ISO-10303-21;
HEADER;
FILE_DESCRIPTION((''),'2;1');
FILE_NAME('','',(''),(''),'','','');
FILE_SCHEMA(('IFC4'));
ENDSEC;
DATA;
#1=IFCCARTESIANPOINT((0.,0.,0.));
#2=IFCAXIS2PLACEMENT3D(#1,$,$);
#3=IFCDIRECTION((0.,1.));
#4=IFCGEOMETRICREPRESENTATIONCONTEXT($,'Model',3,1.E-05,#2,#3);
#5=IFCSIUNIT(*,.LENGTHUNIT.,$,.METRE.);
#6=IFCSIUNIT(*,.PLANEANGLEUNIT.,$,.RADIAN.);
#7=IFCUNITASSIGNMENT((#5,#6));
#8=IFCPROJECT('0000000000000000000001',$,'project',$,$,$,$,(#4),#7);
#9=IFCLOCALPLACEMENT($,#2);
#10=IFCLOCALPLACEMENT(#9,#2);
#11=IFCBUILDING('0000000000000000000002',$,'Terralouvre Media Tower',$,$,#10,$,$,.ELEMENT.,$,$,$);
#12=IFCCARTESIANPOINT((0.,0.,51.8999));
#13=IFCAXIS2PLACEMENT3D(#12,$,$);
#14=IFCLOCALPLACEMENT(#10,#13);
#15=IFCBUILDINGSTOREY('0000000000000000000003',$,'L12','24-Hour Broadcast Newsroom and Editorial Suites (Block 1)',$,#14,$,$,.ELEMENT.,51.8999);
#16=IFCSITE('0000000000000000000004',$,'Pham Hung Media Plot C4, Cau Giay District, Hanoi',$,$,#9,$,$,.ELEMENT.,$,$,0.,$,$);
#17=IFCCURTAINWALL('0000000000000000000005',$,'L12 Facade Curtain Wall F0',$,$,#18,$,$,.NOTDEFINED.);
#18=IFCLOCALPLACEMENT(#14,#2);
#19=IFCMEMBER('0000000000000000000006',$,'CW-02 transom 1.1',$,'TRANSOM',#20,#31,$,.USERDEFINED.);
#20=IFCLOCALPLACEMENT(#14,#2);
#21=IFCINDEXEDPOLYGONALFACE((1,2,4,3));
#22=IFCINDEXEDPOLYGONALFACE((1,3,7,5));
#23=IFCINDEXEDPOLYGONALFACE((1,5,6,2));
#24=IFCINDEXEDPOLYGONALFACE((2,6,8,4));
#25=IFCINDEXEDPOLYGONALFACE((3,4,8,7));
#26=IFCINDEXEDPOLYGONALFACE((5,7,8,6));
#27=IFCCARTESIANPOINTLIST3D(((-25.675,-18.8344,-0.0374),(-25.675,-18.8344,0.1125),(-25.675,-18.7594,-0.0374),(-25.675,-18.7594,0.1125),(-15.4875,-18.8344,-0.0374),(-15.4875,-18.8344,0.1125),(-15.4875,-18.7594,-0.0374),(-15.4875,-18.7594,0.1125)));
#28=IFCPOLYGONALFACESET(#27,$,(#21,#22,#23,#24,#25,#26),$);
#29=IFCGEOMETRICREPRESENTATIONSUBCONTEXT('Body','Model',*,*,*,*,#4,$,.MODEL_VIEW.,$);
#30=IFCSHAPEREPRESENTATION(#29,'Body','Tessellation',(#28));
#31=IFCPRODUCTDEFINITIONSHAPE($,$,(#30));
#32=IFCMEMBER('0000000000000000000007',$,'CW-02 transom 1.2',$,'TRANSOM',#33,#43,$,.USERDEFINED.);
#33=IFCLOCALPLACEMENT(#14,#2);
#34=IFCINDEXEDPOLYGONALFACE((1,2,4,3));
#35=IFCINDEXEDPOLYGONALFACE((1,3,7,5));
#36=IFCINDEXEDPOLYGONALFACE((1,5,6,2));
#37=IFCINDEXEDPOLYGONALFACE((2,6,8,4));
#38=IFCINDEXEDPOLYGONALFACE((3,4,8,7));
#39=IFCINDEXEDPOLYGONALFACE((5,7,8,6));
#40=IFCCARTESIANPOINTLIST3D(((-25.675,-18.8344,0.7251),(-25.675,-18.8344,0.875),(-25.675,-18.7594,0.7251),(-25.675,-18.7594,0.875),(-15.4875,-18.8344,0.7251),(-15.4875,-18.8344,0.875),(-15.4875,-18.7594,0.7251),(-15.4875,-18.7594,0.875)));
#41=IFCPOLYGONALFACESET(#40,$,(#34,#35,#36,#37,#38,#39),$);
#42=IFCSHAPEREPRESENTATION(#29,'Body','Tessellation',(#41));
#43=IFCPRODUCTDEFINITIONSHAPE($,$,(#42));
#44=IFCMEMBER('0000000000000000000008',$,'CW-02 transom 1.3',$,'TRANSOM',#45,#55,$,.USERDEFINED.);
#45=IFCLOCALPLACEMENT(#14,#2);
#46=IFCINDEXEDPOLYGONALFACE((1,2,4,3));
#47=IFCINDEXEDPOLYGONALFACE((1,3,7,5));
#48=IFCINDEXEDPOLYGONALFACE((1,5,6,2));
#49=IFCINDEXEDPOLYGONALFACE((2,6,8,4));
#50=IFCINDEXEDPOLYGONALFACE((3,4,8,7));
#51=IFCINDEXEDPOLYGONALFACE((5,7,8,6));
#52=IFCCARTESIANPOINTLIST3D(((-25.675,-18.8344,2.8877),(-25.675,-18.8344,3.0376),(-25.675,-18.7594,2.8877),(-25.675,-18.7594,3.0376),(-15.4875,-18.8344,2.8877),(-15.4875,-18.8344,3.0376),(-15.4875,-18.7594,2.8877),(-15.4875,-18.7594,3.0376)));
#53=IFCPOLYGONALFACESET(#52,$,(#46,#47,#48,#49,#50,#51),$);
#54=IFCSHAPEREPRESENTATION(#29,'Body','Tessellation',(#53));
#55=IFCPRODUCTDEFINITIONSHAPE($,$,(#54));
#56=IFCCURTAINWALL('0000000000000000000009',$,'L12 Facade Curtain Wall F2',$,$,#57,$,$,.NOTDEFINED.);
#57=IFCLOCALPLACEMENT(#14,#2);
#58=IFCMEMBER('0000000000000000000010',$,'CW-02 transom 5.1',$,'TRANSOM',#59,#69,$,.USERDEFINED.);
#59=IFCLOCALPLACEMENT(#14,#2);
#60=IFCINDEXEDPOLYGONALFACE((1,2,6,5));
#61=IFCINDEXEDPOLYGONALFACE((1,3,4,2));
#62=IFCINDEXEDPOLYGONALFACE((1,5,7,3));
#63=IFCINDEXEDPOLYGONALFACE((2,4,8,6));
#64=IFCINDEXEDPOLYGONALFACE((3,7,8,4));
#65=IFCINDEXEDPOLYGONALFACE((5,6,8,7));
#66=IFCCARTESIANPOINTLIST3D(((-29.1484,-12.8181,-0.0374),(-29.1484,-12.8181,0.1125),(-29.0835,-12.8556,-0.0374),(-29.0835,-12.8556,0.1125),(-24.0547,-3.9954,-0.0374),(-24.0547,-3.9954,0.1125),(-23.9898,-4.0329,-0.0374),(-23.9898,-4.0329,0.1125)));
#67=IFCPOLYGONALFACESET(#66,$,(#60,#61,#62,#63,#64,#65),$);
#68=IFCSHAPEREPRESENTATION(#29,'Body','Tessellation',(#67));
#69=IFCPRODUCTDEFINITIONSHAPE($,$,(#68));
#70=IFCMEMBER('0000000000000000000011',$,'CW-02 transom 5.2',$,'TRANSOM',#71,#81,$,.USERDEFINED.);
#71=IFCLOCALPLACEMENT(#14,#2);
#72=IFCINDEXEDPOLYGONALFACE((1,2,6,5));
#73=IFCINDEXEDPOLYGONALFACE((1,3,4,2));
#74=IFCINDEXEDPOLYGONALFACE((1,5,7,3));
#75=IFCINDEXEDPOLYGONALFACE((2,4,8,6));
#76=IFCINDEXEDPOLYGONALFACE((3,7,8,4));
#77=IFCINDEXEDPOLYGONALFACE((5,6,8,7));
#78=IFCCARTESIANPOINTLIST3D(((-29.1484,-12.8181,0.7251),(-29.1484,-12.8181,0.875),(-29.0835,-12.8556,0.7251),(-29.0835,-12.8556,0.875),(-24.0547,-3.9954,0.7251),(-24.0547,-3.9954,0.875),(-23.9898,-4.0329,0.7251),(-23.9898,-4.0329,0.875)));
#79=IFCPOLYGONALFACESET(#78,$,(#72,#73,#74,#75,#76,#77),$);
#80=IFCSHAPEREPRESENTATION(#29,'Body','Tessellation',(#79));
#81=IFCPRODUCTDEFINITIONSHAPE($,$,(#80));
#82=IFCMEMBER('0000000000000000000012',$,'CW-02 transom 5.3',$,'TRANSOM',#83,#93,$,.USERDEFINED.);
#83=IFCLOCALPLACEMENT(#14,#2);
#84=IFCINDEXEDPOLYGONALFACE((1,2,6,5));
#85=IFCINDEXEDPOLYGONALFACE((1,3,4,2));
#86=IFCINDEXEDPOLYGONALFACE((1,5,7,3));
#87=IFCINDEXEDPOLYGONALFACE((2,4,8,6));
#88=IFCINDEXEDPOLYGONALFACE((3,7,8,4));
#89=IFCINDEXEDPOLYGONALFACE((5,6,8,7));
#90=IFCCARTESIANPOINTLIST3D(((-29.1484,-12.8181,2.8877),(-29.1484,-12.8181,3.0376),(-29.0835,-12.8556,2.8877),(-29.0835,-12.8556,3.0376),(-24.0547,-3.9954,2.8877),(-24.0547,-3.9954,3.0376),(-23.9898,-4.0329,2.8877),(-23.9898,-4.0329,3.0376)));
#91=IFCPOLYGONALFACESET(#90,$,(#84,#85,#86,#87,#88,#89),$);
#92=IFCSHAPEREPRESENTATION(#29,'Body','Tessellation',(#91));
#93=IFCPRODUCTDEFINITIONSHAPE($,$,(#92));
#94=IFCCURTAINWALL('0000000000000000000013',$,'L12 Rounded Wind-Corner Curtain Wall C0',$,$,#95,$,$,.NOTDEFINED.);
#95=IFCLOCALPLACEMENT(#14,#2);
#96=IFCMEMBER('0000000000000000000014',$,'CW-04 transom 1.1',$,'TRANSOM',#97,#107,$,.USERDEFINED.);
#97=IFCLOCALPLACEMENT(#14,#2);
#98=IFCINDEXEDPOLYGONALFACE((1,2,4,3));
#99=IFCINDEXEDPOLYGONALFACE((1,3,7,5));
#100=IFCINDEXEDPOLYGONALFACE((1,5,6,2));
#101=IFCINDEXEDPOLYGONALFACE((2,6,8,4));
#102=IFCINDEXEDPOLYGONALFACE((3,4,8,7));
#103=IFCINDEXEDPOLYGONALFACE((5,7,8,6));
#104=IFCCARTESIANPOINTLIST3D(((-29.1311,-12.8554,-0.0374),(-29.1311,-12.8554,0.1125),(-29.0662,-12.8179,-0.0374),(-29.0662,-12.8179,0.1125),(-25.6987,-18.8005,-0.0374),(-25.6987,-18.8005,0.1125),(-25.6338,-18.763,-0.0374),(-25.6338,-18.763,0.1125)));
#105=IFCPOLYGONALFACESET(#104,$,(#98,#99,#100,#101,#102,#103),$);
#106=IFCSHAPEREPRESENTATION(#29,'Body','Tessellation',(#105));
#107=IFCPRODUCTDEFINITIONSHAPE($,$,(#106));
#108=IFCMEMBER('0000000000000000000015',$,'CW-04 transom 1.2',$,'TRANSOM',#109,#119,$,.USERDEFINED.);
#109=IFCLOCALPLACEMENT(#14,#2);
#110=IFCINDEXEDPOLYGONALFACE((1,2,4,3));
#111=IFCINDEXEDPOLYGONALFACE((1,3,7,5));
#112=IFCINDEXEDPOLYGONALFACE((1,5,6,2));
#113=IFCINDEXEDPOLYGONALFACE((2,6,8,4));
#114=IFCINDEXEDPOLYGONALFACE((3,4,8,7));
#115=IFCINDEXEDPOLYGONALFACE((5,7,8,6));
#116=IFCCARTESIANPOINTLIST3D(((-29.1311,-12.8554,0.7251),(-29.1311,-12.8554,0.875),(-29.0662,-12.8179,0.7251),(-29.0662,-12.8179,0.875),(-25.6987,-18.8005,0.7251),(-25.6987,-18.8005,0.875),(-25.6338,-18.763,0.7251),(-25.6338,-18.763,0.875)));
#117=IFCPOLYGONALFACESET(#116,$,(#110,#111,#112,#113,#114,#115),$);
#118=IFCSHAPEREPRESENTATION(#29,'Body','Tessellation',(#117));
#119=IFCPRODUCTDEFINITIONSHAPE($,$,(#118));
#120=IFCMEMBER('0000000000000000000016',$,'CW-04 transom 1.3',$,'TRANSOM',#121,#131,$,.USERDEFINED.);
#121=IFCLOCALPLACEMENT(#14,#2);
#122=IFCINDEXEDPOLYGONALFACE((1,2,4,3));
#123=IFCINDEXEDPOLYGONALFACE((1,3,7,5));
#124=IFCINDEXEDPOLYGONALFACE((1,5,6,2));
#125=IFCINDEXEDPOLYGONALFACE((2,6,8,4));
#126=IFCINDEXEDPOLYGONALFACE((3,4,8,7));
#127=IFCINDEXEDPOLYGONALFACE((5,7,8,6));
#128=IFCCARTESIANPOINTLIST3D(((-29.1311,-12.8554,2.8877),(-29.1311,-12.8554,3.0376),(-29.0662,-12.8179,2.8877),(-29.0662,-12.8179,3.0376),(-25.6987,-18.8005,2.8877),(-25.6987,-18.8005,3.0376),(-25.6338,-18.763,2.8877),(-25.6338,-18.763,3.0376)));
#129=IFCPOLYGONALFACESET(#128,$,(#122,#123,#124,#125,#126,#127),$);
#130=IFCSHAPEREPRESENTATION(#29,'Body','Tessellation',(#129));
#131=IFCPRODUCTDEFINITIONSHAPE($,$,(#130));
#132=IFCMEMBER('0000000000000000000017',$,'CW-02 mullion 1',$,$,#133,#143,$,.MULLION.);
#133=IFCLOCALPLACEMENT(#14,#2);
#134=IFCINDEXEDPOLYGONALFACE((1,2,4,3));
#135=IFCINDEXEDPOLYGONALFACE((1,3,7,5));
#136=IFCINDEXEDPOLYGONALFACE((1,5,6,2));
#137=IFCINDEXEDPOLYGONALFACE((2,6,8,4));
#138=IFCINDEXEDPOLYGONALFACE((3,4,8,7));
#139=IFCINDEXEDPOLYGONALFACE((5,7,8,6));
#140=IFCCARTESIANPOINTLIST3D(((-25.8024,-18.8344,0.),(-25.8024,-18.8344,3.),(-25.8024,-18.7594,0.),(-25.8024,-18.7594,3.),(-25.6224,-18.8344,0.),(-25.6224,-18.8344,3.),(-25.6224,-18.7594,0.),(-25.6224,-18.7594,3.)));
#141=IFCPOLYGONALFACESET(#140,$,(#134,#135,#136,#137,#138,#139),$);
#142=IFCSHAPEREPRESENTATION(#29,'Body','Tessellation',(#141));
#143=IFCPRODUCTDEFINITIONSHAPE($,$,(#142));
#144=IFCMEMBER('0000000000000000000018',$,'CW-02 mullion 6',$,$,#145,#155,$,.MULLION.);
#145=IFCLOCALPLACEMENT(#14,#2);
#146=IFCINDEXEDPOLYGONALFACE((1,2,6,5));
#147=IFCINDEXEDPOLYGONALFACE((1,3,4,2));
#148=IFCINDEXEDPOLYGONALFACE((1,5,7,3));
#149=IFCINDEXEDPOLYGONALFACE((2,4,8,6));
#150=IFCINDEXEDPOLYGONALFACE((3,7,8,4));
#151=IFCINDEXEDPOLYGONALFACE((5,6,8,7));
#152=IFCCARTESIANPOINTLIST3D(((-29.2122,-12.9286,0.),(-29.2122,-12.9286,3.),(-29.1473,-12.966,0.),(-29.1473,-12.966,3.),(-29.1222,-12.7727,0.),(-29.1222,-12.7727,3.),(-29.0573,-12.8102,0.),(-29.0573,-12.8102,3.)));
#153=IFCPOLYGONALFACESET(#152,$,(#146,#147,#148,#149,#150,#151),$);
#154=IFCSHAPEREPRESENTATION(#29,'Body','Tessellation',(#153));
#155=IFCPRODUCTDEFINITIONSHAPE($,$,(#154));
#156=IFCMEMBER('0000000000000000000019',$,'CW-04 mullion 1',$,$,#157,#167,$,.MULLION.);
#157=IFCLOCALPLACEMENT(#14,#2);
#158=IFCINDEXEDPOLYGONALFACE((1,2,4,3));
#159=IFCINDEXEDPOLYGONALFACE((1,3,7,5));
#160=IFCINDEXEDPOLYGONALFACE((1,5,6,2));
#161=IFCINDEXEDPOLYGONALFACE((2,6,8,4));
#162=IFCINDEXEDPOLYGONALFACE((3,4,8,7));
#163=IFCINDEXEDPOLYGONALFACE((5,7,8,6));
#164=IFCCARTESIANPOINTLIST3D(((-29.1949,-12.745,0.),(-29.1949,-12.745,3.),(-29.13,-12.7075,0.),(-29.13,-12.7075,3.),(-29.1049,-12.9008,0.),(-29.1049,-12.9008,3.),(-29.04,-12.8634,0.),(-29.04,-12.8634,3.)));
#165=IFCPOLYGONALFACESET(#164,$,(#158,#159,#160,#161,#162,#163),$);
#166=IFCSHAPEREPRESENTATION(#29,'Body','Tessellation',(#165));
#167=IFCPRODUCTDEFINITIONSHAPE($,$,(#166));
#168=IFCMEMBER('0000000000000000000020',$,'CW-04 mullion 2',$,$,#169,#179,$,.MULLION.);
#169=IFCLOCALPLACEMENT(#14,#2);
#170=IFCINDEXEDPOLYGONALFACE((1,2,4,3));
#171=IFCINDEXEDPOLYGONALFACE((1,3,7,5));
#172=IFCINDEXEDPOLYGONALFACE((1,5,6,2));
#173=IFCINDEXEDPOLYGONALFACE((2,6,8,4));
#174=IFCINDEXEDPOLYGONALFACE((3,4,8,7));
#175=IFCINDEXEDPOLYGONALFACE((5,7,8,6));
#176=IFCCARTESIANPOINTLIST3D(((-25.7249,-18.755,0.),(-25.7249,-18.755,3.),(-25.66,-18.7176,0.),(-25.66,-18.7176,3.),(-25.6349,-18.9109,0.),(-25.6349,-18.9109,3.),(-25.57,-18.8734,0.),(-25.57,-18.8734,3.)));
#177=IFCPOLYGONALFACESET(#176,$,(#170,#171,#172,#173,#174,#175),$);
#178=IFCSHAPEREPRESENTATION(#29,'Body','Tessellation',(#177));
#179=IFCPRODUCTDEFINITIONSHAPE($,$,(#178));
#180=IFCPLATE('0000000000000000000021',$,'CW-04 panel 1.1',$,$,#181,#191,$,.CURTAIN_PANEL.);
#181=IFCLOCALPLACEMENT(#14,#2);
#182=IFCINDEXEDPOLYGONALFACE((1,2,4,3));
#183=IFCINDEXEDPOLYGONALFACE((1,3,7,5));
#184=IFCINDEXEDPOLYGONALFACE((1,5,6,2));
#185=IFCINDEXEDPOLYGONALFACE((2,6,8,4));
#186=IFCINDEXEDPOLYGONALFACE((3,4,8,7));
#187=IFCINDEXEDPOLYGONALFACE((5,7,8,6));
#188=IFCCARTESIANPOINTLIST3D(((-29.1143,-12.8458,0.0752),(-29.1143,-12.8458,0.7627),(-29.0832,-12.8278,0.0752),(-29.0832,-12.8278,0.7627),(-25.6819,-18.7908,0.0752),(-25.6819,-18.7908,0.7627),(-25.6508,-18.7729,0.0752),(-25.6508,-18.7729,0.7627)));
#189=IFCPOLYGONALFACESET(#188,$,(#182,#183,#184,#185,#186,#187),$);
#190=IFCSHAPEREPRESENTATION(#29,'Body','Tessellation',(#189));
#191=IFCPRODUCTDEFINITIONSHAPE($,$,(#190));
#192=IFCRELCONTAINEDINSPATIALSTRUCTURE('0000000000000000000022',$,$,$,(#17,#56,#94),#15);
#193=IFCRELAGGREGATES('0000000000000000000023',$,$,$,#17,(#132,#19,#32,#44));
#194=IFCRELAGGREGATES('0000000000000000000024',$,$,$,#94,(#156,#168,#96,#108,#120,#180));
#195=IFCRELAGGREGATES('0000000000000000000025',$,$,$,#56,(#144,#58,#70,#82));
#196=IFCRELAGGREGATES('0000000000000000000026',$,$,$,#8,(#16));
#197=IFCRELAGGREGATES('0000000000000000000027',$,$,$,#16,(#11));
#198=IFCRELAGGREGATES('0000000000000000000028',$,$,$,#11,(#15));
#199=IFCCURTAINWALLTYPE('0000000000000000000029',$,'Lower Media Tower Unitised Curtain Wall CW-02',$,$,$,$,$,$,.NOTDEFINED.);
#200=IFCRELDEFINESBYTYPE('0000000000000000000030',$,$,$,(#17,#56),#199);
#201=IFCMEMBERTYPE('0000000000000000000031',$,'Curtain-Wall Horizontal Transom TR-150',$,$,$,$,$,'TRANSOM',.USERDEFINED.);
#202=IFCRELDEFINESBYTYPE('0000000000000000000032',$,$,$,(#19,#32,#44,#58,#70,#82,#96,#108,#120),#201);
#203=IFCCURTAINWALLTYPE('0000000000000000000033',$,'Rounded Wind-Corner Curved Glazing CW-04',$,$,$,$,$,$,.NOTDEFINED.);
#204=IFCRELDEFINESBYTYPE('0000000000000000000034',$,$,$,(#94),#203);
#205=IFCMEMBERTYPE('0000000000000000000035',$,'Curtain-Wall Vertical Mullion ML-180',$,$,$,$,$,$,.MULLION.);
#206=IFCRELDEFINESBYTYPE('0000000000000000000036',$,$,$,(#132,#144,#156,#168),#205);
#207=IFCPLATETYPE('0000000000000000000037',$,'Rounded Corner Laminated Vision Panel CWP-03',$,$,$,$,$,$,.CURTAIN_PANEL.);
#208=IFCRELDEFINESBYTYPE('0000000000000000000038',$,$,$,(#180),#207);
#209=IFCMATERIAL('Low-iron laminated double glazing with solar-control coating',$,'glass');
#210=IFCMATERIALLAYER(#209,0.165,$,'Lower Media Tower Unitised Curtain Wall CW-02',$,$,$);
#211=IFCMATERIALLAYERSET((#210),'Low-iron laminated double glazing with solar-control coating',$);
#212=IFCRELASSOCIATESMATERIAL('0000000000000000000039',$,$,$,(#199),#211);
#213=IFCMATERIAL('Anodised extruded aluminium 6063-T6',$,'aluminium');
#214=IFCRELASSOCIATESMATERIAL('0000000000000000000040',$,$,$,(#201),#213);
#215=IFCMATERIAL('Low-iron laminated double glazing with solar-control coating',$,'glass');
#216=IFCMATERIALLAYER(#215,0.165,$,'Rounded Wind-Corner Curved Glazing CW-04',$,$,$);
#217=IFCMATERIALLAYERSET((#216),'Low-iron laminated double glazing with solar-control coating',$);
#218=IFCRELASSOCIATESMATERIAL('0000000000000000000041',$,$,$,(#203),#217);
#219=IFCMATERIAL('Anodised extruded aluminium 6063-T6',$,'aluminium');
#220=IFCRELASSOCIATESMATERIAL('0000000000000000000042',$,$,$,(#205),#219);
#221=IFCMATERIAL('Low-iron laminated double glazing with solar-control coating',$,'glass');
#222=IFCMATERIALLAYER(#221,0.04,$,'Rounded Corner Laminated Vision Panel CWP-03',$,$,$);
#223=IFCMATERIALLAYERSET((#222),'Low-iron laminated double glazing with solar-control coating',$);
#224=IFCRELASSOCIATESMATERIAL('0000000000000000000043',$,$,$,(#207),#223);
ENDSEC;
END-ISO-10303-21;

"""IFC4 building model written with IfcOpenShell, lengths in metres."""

from ifc_helpers import new_model, si_unit, direction, frame, origin, origin_2d, place, context, subcontext, project, spatial, rectangle, extrude, material, layer, layer_set, material_profile, profile_set, type_object, element, aggregate, save


model = new_model("IFC4")

# Units and contexts
model_context = context("Model", 3, precision=1e-05, world=origin(), true_north=direction((0.0, 1.0)))
body_context = subcontext(model_context, "Body", "Model", "MODEL_VIEW")
ifc_project = project(units=[si_unit("LENGTHUNIT", "METRE"), si_unit("PLANEANGLEUNIT", "RADIAN")], contexts=[model_context])

# Site, building, storey
site_placement = place(None, origin())
site = spatial("IfcSite", under=ifc_project, at=site_placement, Name="Pham Hung Media Plot C4, Cau Giay District, Hanoi", CompositionType="ELEMENT", RefElevation=0.0)
building_placement = place(site_placement, origin())
building = spatial("IfcBuilding", under=site, at=building_placement, Name="Terralouvre Media Tower", CompositionType="ELEMENT")
storey_placement = place(building_placement, frame((0.0, 0.0, 51.8999)))
storey = spatial("IfcBuildingStorey", under=building, at=storey_placement, Name="L12", Description="24-Hour Broadcast Newsroom and Editorial Suites (Block 1)", CompositionType="ELEMENT", Elevation=51.8999)

# Curtain walls, members
ifc_material_1 = material(Name="Low-iron laminated double glazing with solar-control coating", Category="glass")
ifc_layer_1 = layer(ifc_material_1, 0.165, Name="Lower Media Tower Unitised Curtain Wall CW-02")
ifc_layer_set_1 = layer_set([ifc_layer_1], Name="Low-iron laminated double glazing with solar-control coating")
curtain_wall_type_1 = type_object("IfcCurtainWallType", Name="Lower Media Tower Unitised Curtain Wall CW-02", PredefinedType="NOTDEFINED", material=ifc_layer_set_1)
curtain_wall_1_placement = place(storey_placement, origin())
curtain_wall_1 = element("IfcCurtainWall", 1, at=curtain_wall_1_placement, inside=storey, type_object=curtain_wall_type_1, Name="L12 Facade Curtain Wall F0", PredefinedType="NOTDEFINED")
ifc_material_2 = material(Name="Anodised extruded aluminium 6063-T6", Category="aluminium")
ifc_material_profile_1 = material_profile(ifc_material_2, rectangle(XDim=0.075, YDim=0.1499, at=origin_2d()), Name="ALU 75x150")
ifc_profile_set_1 = profile_set([ifc_material_profile_1], Name="Anodised extruded aluminium 6063-T6")
member_type_1 = type_object("IfcMemberType", Name="Curtain-Wall Horizontal Transom TR-150", ElementType="TRANSOM", PredefinedType="USERDEFINED", material=ifc_profile_set_1)
member_1_placement = place(storey_placement, frame((-25.675, -18.7969, 0.0376), z_axis=(1.0, 0.0, 0.0), x_axis=(0.0, 1.0, 0.0)))
member_1 = element("IfcMember", 2, at=member_1_placement, type_object=member_type_1, Name="CW-02 transom 1.1", ObjectType="TRANSOM", PredefinedType="USERDEFINED", context=body_context, shape_type="SweptSolid", body=[
    extrude(rectangle(XDim=0.075, YDim=0.1499, at=origin_2d()), origin(), (0.0, 0.0, 1.0), 10.1875),
])
member_2_placement = place(storey_placement, frame((-25.675, -18.7969, 0.8), z_axis=(1.0, 0.0, 0.0), x_axis=(0.0, 1.0, 0.0)))
member_2 = element("IfcMember", 3, at=member_2_placement, type_object=member_type_1, Name="CW-02 transom 1.2", ObjectType="TRANSOM", PredefinedType="USERDEFINED", context=body_context, shape_type="SweptSolid", body=[
    extrude(rectangle(XDim=0.075, YDim=0.1499, at=origin_2d()), origin(), (0.0, 0.0, 1.0), 10.1875),
])
member_3_placement = place(storey_placement, frame((-25.675, -18.7969, 2.9626), z_axis=(1.0, 0.0, 0.0), x_axis=(0.0, 1.0, 0.0)))
member_3 = element("IfcMember", 4, at=member_3_placement, type_object=member_type_1, Name="CW-02 transom 1.3", ObjectType="TRANSOM", PredefinedType="USERDEFINED", context=body_context, shape_type="SweptSolid", body=[
    extrude(rectangle(XDim=0.075, YDim=0.1499, at=origin_2d()), origin(), (0.0, 0.0, 1.0), 10.1875),
])
curtain_wall_2_placement = place(storey_placement, origin())
curtain_wall_2 = element("IfcCurtainWall", 5, at=curtain_wall_2_placement, inside=storey, type_object=curtain_wall_type_1, Name="L12 Facade Curtain Wall F2", PredefinedType="NOTDEFINED")
member_4_placement = place(storey_placement, frame((-24.0222, -4.0142, 0.0376), z_axis=(-0.499995, -0.866028, 0.0), x_axis=(0.866028, -0.499995, 0.0)))
member_4 = element("IfcMember", 6, at=member_4_placement, type_object=member_type_1, Name="CW-02 transom 5.1", ObjectType="TRANSOM", PredefinedType="USERDEFINED", context=body_context, shape_type="SweptSolid", body=[
    extrude(rectangle(XDim=0.075, YDim=0.1499, at=origin_2d()), origin(), (0.0, 0.0, 1.0), 10.1875),
])
member_5_placement = place(storey_placement, frame((-24.0222, -4.0142, 0.8), z_axis=(-0.499995, -0.866028, 0.0), x_axis=(0.866028, -0.499995, 0.0)))
member_5 = element("IfcMember", 7, at=member_5_placement, type_object=member_type_1, Name="CW-02 transom 5.2", ObjectType="TRANSOM", PredefinedType="USERDEFINED", context=body_context, shape_type="SweptSolid", body=[
    extrude(rectangle(XDim=0.075, YDim=0.1499, at=origin_2d()), origin(), (0.0, 0.0, 1.0), 10.1875),
])
member_6_placement = place(storey_placement, frame((-24.0222, -4.0142, 2.9626), z_axis=(-0.499995, -0.866028, 0.0), x_axis=(0.866028, -0.499995, 0.0)))
member_6 = element("IfcMember", 8, at=member_6_placement, type_object=member_type_1, Name="CW-02 transom 5.3", ObjectType="TRANSOM", PredefinedType="USERDEFINED", context=body_context, shape_type="SweptSolid", body=[
    extrude(rectangle(XDim=0.075, YDim=0.1499, at=origin_2d()), origin(), (0.0, 0.0, 1.0), 10.1875),
])
ifc_material_3 = material(Name="Low-iron laminated double glazing with solar-control coating", Category="glass")
ifc_layer_2 = layer(ifc_material_3, 0.165, Name="Rounded Wind-Corner Curved Glazing CW-04")
ifc_layer_set_2 = layer_set([ifc_layer_2], Name="Low-iron laminated double glazing with solar-control coating")
curtain_wall_type_2 = type_object("IfcCurtainWallType", Name="Rounded Wind-Corner Curved Glazing CW-04", PredefinedType="NOTDEFINED", material=ifc_layer_set_2)
curtain_wall_3_placement = place(storey_placement, origin())
curtain_wall_3 = element("IfcCurtainWall", 9, at=curtain_wall_3_placement, inside=storey, type_object=curtain_wall_type_2, Name="L12 Rounded Wind-Corner Curtain Wall C0", PredefinedType="NOTDEFINED")
member_7_placement = place(storey_placement, frame((-29.0986, -12.8367, 0.0376), z_axis=(0.499998, -0.866026, 0.0), x_axis=(0.866026, 0.499998, 0.0)))
member_7 = element("IfcMember", 10, at=member_7_placement, type_object=member_type_1, Name="CW-04 transom 1.1", ObjectType="TRANSOM", PredefinedType="USERDEFINED", context=body_context, shape_type="SweptSolid", body=[
    extrude(rectangle(XDim=0.075, YDim=0.1499, at=origin_2d()), origin(), (0.0, 0.0, 1.0), 6.8647),
])
member_8_placement = place(storey_placement, frame((-29.0986, -12.8367, 0.8), z_axis=(0.499998, -0.866026, 0.0), x_axis=(0.866026, 0.499998, 0.0)))
member_8 = element("IfcMember", 11, at=member_8_placement, type_object=member_type_1, Name="CW-04 transom 1.2", ObjectType="TRANSOM", PredefinedType="USERDEFINED", context=body_context, shape_type="SweptSolid", body=[
    extrude(rectangle(XDim=0.075, YDim=0.1499, at=origin_2d()), origin(), (0.0, 0.0, 1.0), 6.8647),
])
member_9_placement = place(storey_placement, frame((-29.0986, -12.8367, 2.9626), z_axis=(0.499998, -0.866026, 0.0), x_axis=(0.866026, 0.499998, 0.0)))
member_9 = element("IfcMember", 12, at=member_9_placement, type_object=member_type_1, Name="CW-04 transom 1.3", ObjectType="TRANSOM", PredefinedType="USERDEFINED", context=body_context, shape_type="SweptSolid", body=[
    extrude(rectangle(XDim=0.075, YDim=0.1499, at=origin_2d()), origin(), (0.0, 0.0, 1.0), 6.8647),
])

# Members
ifc_material_4 = material(Name="Anodised extruded aluminium 6063-T6", Category="aluminium")
ifc_material_profile_2 = material_profile(ifc_material_4, rectangle(XDim=0.075, YDim=0.1799, at=origin_2d()), Name="ALU 75x180")
ifc_profile_set_2 = profile_set([ifc_material_profile_2], Name="Anodised extruded aluminium 6063-T6")
member_type_2 = type_object("IfcMemberType", Name="Curtain-Wall Vertical Mullion ML-180", PredefinedType="MULLION", material=ifc_profile_set_2)
member_10_placement = place(storey_placement, frame((-25.7124, -18.7969, 0.0), z_axis=(0.0, 0.0, 1.0), x_axis=(0.0, 1.0, 0.0)))
member_10 = element("IfcMember", 13, at=member_10_placement, type_object=member_type_2, Name="CW-02 mullion 1", PredefinedType="MULLION", context=body_context, shape_type="SweptSolid", body=[
    extrude(rectangle(XDim=0.075, YDim=0.1799, at=origin_2d()), origin(), (0.0, 0.0, 1.0), 3.0),
])
aggregate(curtain_wall_1, [member_10, member_1, member_2, member_3])
member_11_placement = place(storey_placement, frame((-29.1348, -12.8694, 0.0), z_axis=(0.0, 0.0, 1.0), x_axis=(0.866025, -0.5, 0.0)))
member_11 = element("IfcMember", 14, at=member_11_placement, type_object=member_type_2, Name="CW-02 mullion 6", PredefinedType="MULLION", context=body_context, shape_type="SweptSolid", body=[
    extrude(rectangle(XDim=0.075, YDim=0.1799, at=origin_2d()), origin(), (0.0, 0.0, 1.0), 3.0),
])
member_12_placement = place(storey_placement, frame((-29.1174, -12.8042, 0.0), z_axis=(0.0, 0.0, 1.0), x_axis=(0.866026, 0.5, 0.0)))
member_12 = element("IfcMember", 15, at=member_12_placement, type_object=member_type_2, Name="CW-04 mullion 1", PredefinedType="MULLION", context=body_context, shape_type="SweptSolid", body=[
    extrude(rectangle(XDim=0.075, YDim=0.1799, at=origin_2d()), origin(), (0.0, 0.0, 1.0), 3.0),
])
member_13_placement = place(storey_placement, frame((-25.6475, -18.8142, 0.0), z_axis=(0.0, 0.0, 1.0), x_axis=(0.866026, 0.5, 0.0)))
member_13 = element("IfcMember", 16, at=member_13_placement, type_object=member_type_2, Name="CW-04 mullion 2", PredefinedType="MULLION", context=body_context, shape_type="SweptSolid", body=[
    extrude(rectangle(XDim=0.075, YDim=0.1799, at=origin_2d()), origin(), (0.0, 0.0, 1.0), 3.0),
])

# Plate
ifc_material_5 = material(Name="Low-iron laminated double glazing with solar-control coating", Category="glass")
ifc_layer_3 = layer(ifc_material_5, 0.04, Name="Rounded Corner Laminated Vision Panel CWP-03")
ifc_layer_set_3 = layer_set([ifc_layer_3], Name="Low-iron laminated double glazing with solar-control coating")
plate_type_1 = type_object("IfcPlateType", Name="Rounded Corner Laminated Vision Panel CWP-03", PredefinedType="CURTAIN_PANEL", material=ifc_layer_set_3)
plate_1_placement = place(storey_placement, frame((-27.3826, -15.8093, 0.0752), z_axis=(0.0, 0.0, 1.0), x_axis=(0.5, -0.866026, 0.0)))
plate_1 = element("IfcPlate", 17, at=plate_1_placement, type_object=plate_type_1, Name="CW-04 panel 1.1", PredefinedType="CURTAIN_PANEL", context=body_context, shape_type="SweptSolid", body=[
    extrude(rectangle(XDim=6.8647, YDim=0.0359, at=origin_2d()), origin(), (0.0, 0.0, 1.0), 0.6875),
])
aggregate(curtain_wall_3, [member_12, member_13, member_7, member_8, member_9, plate_1])
aggregate(curtain_wall_2, [member_11, member_4, member_5, member_6])

save(model, "model.ifc")
